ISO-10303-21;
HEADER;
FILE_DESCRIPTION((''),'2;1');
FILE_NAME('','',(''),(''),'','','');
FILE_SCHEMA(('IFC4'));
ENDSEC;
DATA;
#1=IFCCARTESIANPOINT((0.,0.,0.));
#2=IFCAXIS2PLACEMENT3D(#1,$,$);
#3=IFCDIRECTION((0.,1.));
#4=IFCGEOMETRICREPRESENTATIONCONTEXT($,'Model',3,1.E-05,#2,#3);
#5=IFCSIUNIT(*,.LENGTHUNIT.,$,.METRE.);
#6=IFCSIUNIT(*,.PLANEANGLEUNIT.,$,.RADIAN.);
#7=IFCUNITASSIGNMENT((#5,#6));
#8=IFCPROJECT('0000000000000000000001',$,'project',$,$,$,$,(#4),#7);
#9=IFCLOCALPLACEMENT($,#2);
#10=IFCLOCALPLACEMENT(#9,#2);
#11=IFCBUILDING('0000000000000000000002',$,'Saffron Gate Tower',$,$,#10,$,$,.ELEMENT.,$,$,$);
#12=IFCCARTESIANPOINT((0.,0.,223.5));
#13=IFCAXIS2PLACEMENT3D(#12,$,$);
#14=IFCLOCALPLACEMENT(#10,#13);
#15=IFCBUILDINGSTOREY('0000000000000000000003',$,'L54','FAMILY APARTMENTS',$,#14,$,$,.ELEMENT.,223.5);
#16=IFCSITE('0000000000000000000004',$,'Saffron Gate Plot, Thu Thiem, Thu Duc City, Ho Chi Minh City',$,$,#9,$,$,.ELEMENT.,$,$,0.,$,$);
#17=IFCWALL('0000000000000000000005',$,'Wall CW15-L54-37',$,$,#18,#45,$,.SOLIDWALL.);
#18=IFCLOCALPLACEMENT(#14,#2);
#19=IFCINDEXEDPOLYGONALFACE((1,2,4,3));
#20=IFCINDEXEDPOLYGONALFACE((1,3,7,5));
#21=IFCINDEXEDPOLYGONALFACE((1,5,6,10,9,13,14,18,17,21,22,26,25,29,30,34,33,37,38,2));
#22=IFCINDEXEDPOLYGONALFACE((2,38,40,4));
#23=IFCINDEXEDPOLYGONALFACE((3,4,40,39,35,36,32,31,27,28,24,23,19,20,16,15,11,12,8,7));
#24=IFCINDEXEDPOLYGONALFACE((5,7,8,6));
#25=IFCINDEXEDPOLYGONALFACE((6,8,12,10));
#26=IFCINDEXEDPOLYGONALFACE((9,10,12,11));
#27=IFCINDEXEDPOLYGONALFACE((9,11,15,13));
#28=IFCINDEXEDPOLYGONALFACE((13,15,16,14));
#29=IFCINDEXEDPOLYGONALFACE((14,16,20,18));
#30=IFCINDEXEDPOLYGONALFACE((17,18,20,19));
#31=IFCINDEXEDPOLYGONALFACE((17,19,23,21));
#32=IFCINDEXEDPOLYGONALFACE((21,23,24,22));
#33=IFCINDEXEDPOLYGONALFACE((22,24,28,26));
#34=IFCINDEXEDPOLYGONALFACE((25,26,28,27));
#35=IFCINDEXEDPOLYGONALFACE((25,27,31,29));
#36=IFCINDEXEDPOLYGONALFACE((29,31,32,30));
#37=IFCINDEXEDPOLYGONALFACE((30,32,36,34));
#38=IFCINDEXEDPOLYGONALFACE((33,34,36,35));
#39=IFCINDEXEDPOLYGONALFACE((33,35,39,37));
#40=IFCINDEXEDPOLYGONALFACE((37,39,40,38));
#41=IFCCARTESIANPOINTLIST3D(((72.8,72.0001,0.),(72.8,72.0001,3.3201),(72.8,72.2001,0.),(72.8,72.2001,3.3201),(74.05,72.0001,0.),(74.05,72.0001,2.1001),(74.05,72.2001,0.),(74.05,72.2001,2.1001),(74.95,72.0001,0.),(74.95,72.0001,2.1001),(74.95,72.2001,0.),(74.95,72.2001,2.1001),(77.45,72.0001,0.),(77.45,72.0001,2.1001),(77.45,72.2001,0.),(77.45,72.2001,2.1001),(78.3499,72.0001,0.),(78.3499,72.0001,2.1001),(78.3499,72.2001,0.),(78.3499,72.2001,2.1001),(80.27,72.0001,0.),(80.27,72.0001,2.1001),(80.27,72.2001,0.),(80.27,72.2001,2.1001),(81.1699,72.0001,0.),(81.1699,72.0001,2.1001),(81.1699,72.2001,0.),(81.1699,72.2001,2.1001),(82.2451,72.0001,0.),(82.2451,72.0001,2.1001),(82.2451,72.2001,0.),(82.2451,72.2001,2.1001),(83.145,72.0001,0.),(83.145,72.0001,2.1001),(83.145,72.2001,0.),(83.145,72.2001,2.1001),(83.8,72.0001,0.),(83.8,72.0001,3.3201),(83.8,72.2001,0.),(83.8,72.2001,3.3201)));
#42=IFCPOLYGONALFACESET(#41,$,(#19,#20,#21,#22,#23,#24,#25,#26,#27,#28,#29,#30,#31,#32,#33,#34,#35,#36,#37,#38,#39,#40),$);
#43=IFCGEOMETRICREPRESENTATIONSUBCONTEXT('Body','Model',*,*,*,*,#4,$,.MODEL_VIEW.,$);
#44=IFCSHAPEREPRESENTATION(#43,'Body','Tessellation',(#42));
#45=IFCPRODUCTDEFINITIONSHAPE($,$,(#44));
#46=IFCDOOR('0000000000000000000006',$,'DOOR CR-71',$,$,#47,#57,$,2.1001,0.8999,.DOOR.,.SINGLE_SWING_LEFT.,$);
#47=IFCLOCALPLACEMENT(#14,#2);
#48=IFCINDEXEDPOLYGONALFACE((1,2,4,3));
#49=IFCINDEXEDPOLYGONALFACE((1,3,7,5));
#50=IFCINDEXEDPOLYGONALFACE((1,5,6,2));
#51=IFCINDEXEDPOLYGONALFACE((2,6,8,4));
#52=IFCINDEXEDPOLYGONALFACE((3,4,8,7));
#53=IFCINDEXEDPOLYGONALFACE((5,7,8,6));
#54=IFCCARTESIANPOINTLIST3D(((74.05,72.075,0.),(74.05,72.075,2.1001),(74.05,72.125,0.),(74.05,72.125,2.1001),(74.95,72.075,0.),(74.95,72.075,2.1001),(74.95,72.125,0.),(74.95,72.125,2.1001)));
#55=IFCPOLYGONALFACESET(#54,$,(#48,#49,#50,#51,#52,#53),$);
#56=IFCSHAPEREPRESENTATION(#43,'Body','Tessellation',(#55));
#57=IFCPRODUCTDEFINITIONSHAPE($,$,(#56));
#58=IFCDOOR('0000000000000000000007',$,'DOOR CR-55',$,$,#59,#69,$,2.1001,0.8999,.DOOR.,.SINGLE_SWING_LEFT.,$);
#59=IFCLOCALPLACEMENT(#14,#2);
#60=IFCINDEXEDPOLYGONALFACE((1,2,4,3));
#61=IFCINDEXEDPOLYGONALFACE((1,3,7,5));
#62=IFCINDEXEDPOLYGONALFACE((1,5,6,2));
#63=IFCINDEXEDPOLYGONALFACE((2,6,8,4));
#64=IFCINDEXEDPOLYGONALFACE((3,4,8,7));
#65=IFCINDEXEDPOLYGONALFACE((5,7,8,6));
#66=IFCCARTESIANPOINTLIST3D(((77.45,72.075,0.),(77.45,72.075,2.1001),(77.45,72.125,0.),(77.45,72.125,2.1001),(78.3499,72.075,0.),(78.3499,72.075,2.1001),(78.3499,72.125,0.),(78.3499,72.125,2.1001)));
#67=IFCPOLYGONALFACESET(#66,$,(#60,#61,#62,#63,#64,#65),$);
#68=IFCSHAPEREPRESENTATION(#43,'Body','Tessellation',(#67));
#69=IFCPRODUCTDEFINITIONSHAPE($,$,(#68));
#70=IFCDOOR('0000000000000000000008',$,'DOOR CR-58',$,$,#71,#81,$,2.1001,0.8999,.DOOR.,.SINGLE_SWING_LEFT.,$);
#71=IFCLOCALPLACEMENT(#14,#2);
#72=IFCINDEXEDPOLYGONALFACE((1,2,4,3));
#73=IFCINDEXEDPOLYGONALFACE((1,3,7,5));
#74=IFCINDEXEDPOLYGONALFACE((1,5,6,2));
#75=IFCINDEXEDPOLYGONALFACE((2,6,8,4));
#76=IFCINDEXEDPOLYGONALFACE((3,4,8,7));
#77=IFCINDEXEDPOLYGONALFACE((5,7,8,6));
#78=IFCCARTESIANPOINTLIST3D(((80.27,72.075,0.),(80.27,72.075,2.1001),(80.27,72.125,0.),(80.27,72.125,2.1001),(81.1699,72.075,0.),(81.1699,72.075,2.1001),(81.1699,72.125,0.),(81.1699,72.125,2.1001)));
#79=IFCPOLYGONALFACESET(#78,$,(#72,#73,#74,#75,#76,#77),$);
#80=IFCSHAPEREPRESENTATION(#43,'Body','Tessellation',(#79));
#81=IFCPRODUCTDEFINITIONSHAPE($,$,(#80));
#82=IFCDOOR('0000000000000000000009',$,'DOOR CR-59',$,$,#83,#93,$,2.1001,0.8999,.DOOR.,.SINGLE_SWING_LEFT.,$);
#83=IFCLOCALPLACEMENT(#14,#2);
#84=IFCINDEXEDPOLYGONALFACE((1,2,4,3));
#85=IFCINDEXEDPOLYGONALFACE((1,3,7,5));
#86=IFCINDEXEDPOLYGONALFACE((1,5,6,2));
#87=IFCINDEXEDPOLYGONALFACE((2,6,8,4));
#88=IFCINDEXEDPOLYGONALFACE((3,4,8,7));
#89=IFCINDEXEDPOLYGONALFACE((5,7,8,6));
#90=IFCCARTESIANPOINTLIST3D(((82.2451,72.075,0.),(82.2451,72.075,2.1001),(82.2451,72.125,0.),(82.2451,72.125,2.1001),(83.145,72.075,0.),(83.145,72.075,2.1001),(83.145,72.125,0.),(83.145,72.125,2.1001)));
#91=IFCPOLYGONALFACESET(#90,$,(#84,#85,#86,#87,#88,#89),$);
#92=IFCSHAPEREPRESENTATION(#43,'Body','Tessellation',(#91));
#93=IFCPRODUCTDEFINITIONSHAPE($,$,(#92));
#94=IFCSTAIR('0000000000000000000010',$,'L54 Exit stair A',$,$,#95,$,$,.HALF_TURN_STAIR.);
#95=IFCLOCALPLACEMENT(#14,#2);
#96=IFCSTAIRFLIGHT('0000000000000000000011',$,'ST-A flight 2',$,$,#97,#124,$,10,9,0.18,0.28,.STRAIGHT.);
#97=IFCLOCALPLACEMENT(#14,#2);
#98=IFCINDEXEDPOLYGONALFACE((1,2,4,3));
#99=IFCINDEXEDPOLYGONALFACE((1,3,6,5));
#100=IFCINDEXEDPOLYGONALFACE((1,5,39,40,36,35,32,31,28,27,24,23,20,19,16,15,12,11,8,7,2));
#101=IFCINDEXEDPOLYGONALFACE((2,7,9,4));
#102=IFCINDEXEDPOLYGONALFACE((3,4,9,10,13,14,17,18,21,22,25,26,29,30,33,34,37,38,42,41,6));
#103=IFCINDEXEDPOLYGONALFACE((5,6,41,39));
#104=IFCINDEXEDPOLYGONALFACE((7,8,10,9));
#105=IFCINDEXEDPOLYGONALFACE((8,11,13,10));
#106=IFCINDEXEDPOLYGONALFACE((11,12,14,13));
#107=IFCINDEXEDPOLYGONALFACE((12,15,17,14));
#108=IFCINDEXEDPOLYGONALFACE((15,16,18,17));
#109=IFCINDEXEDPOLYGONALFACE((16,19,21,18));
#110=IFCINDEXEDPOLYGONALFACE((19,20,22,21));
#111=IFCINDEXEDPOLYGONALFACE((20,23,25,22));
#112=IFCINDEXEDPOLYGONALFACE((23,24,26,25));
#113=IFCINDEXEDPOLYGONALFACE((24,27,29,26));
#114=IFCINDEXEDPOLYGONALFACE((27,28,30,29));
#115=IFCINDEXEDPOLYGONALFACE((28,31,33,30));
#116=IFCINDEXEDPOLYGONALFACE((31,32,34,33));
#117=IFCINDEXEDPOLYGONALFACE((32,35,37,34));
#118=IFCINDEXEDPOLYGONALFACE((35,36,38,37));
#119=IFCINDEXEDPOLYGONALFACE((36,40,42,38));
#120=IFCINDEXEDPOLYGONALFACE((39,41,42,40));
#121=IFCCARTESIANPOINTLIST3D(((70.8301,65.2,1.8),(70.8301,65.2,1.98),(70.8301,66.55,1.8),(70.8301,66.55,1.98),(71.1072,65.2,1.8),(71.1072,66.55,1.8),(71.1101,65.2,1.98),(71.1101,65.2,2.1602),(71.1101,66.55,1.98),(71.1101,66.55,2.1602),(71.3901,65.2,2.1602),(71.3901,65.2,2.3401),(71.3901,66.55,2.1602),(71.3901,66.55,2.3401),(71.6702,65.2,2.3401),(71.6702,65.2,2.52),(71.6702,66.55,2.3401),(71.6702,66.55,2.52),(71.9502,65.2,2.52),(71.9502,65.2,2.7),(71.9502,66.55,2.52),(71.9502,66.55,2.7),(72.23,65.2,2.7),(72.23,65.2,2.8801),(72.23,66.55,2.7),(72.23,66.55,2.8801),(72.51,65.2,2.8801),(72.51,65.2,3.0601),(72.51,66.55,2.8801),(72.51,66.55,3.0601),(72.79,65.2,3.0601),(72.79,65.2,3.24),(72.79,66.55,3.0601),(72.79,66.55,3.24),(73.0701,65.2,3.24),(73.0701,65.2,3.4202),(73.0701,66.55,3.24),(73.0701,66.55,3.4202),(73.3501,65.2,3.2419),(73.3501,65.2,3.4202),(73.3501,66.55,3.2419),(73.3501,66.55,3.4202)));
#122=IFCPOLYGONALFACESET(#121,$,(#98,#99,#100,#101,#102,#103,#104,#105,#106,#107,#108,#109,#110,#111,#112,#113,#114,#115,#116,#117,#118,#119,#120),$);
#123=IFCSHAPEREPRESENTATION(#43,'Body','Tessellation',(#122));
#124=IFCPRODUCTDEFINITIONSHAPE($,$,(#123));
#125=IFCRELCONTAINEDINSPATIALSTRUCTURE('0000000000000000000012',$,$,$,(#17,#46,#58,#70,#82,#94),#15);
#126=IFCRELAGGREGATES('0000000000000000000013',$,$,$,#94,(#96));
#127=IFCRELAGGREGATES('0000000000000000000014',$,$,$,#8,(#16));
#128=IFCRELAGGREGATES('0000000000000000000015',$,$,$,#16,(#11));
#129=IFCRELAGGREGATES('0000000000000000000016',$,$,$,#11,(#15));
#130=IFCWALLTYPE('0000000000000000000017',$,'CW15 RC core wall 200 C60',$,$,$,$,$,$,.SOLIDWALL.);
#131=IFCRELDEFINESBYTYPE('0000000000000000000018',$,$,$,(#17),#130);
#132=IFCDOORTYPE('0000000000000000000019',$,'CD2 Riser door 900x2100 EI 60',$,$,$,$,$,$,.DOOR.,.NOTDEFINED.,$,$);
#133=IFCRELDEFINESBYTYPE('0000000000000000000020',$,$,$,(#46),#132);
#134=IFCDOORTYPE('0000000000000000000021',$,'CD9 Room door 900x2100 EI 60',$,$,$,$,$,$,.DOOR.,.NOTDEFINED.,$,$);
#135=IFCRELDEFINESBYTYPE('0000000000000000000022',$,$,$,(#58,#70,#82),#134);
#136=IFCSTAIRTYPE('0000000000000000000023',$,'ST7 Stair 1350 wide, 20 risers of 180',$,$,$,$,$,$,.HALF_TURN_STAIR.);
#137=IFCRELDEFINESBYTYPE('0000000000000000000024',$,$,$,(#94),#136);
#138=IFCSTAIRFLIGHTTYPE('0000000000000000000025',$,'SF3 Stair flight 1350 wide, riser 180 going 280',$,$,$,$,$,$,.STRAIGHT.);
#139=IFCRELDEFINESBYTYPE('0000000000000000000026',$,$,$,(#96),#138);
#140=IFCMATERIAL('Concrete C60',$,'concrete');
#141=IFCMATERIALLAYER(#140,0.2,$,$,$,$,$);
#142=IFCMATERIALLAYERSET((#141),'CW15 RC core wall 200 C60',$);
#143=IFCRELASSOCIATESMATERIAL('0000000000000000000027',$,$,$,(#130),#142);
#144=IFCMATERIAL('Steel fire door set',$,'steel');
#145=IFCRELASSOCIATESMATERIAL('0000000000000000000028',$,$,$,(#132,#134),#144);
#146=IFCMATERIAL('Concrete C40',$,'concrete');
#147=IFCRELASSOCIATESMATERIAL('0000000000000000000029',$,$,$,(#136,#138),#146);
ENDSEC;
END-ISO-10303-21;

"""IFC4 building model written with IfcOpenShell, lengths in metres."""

from ifc_helpers import new_model, si_unit, direction, frame, frame_2d, origin, place, context, subcontext, project, spatial, polyline, rectangle, outline, extrude, material, layer, layer_set, type_object, element, fill, aggregate, save


model = new_model("IFC4")

# Units and contexts
model_context = context("Model", 3, precision=1e-05, world=origin(), true_north=direction((0.0, 1.0)))
body_context = subcontext(model_context, "Body", "Model", "MODEL_VIEW")
ifc_project = project(units=[si_unit("LENGTHUNIT", "METRE"), si_unit("PLANEANGLEUNIT", "RADIAN")], contexts=[model_context])

# Site, building, storey
site_placement = place(None, origin())
site = spatial("IfcSite", under=ifc_project, at=site_placement, Name="Saffron Gate Plot, Thu Thiem, Thu Duc City, Ho Chi Minh City", CompositionType="ELEMENT", RefElevation=0.0)
building_placement = place(site_placement, origin())
building = spatial("IfcBuilding", under=site, at=building_placement, Name="Saffron Gate Tower", CompositionType="ELEMENT")
storey_placement = place(building_placement, frame((0.0, 0.0, 223.5)))
storey = spatial("IfcBuildingStorey", under=building, at=storey_placement, Name="L54", Description="FAMILY APARTMENTS", CompositionType="ELEMENT", Elevation=223.5)

# Shared definitions
ifc_material_1 = material(Name="Concrete C60", Category="concrete")
ifc_material_2 = material(Name="Steel fire door set", Category="steel")
ifc_layer_1 = layer(ifc_material_1, 0.2)
ifc_layer_set_1 = layer_set([ifc_layer_1], Name="CW15 RC core wall 200 C60")
wall_type_1 = type_object("IfcWallType", Name="CW15 RC core wall 200 C60", PredefinedType="SOLIDWALL", material=ifc_layer_set_1)

# Wall, openings, doors
wall_1_placement = place(storey_placement, frame((72.8, 72.1001, 0.0), z_axis=(0.0, 0.0, 1.0), x_axis=(1.0, 0.0, 0.0)))
wall_1 = element("IfcWall", 1, at=wall_1_placement, inside=storey, type_object=wall_type_1, Name="Wall CW15-L54-37", PredefinedType="SOLIDWALL", context=body_context, shape_type="SweptSolid", body=[
    extrude(rectangle(XDim=11.0, YDim=0.2, at=frame_2d((5.5, 0.0))), origin(), (0.0, 0.0, 1.0), 3.3201),
])
opening_1_placement = place(wall_1_placement, frame((1.25, 0.0, 0.0)))
opening_1 = element("IfcOpeningElement", 2, at=opening_1_placement, cuts=wall_1, PredefinedType="OPENING", context=body_context, shape_type="SweptSolid", body=[
    extrude(rectangle(XDim=0.8999, YDim=2.1001, at=frame_2d((0.45, 1.05))), frame((0.0, 0.1099, 0.0), z_axis=(0.0, -1.0, 0.0), x_axis=(1.0, 0.0, 0.0)), (0.0, 0.0, 1.0), 0.22),
])
opening_2_placement = place(wall_1_placement, frame((4.6499, 0.0, 0.0)))
opening_2 = element("IfcOpeningElement", 3, at=opening_2_placement, cuts=wall_1, PredefinedType="OPENING", context=body_context, shape_type="SweptSolid", body=[
    extrude(rectangle(XDim=0.8999, YDim=2.1001, at=frame_2d((0.45, 1.05))), frame((0.0, 0.1099, 0.0), z_axis=(0.0, -1.0, 0.0), x_axis=(1.0, 0.0, 0.0)), (0.0, 0.0, 1.0), 0.22),
])
opening_3_placement = place(wall_1_placement, frame((7.47, 0.0, 0.0)))
opening_3 = element("IfcOpeningElement", 4, at=opening_3_placement, cuts=wall_1, PredefinedType="OPENING", context=body_context, shape_type="SweptSolid", body=[
    extrude(rectangle(XDim=0.8999, YDim=2.1001, at=frame_2d((0.45, 1.05))), frame((0.0, 0.1099, 0.0), z_axis=(0.0, -1.0, 0.0), x_axis=(1.0, 0.0, 0.0)), (0.0, 0.0, 1.0), 0.22),
])
opening_4_placement = place(wall_1_placement, frame((9.4451, 0.0, 0.0)))
opening_4 = element("IfcOpeningElement", 5, at=opening_4_placement, cuts=wall_1, PredefinedType="OPENING", context=body_context, shape_type="SweptSolid", body=[
    extrude(rectangle(XDim=0.8999, YDim=2.1001, at=frame_2d((0.45, 1.05))), frame((0.0, 0.1099, 0.0), z_axis=(0.0, -1.0, 0.0), x_axis=(1.0, 0.0, 0.0)), (0.0, 0.0, 1.0), 0.22),
])
door_type_1 = type_object("IfcDoorType", Name="CD2 Riser door 900x2100 EI 60", OperationType="NOTDEFINED", PredefinedType="DOOR", material=ifc_material_2)
door_1_placement = place(opening_1_placement, origin())
door_1 = element("IfcDoor", 6, at=door_1_placement, inside=storey, type_object=door_type_1, Name="DOOR CR-71", OperationType="SINGLE_SWING_LEFT", OverallHeight=2.1001, OverallWidth=0.8999, PredefinedType="DOOR", context=body_context, shape_type="SweptSolid", body=[
    extrude(rectangle(XDim=0.8999, YDim=2.1001, at=frame_2d((0.45, 1.05))), frame((0.0, 0.0249, 0.0), z_axis=(0.0, -1.0, 0.0), x_axis=(1.0, 0.0, 0.0)), (0.0, 0.0, 1.0), 0.05),
])
fill(opening_1, door_1)
door_type_2 = type_object("IfcDoorType", Name="CD9 Room door 900x2100 EI 60", OperationType="NOTDEFINED", PredefinedType="DOOR", material=ifc_material_2)
door_2_placement = place(opening_2_placement, origin())
door_2 = element("IfcDoor", 7, at=door_2_placement, inside=storey, type_object=door_type_2, Name="DOOR CR-55", OperationType="SINGLE_SWING_LEFT", OverallHeight=2.1001, OverallWidth=0.8999, PredefinedType="DOOR", context=body_context, shape_type="SweptSolid", body=[
    extrude(rectangle(XDim=0.8999, YDim=2.1001, at=frame_2d((0.45, 1.05))), frame((0.0, 0.0249, 0.0), z_axis=(0.0, -1.0, 0.0), x_axis=(1.0, 0.0, 0.0)), (0.0, 0.0, 1.0), 0.05),
])
fill(opening_2, door_2)
door_3_placement = place(opening_3_placement, origin())
door_3 = element("IfcDoor", 8, at=door_3_placement, inside=storey, type_object=door_type_2, Name="DOOR CR-58", OperationType="SINGLE_SWING_LEFT", OverallHeight=2.1001, OverallWidth=0.8999, PredefinedType="DOOR", context=body_context, shape_type="SweptSolid", body=[
    extrude(rectangle(XDim=0.8999, YDim=2.1001, at=frame_2d((0.45, 1.05))), frame((0.0, 0.0249, 0.0), z_axis=(0.0, -1.0, 0.0), x_axis=(1.0, 0.0, 0.0)), (0.0, 0.0, 1.0), 0.05),
])
fill(opening_3, door_3)
door_4_placement = place(opening_4_placement, origin())
door_4 = element("IfcDoor", 9, at=door_4_placement, inside=storey, type_object=door_type_2, Name="DOOR CR-59", OperationType="SINGLE_SWING_LEFT", OverallHeight=2.1001, OverallWidth=0.8999, PredefinedType="DOOR", context=body_context, shape_type="SweptSolid", body=[
    extrude(rectangle(XDim=0.8999, YDim=2.1001, at=frame_2d((0.45, 1.05))), frame((0.0, 0.0249, 0.0), z_axis=(0.0, -1.0, 0.0), x_axis=(1.0, 0.0, 0.0)), (0.0, 0.0, 1.0), 0.05),
])
fill(opening_4, door_4)

# Stair, stair flight
ifc_material_3 = material(Name="Concrete C40", Category="concrete")
stair_type = type_object("IfcStairType", Name="ST7 Stair 1350 wide, 20 risers of 180", PredefinedType="HALF_TURN_STAIR", material=ifc_material_3)
stair_placement = place(storey_placement, origin())
stair = element("IfcStair", 10, at=stair_placement, inside=storey, type_object=stair_type, Name="L54 Exit stair A", PredefinedType="HALF_TURN_STAIR")
stair_flight_type = type_object("IfcStairFlightType", Name="SF3 Stair flight 1350 wide, riser 180 going 280", PredefinedType="STRAIGHT", material=ifc_material_3)
stair_flight_placement = place(storey_placement, frame((70.8301, 65.875, 1.8), z_axis=(0.0, 0.0, 1.0), x_axis=(1.0, 0.0, 0.0)))
stair_flight = element("IfcStairFlight", 11, at=stair_flight_placement, type_object=stair_flight_type, Name="ST-A flight 2", NumberOfRisers=10, NumberOfTreads=9, PredefinedType="STRAIGHT", RiserHeight=0.18, TreadLength=0.28, context=body_context, shape_type="SweptSolid", body=[
    extrude(outline(polyline([(0.0, 0.0), (0.0, 0.1799), (0.28, 0.1799), (0.28, 0.3601), (0.5601, 0.3601), (0.5601, 0.54), (0.8401, 0.54), (0.8401, 0.72), (1.1201, 0.72), (1.1201, 0.8999), (1.3999, 0.8999), (1.3999, 1.0801), (1.6799, 1.0801), (1.6799, 1.26), (1.96, 1.26), (1.96, 1.4399), (2.24, 1.4399), (2.24, 1.6201), (2.52, 1.6201), (2.52, 1.8), (2.52, 1.4419), (0.2771, 0.0), (0.0, 0.0)])), frame((0.0, 0.675, 0.0), z_axis=(0.0, -1.0, 0.0), x_axis=(1.0, 0.0, 0.0)), (0.0, 0.0, 1.0), 1.3501),
])
aggregate(stair, [stair_flight])

save(model, "model.ifc")
